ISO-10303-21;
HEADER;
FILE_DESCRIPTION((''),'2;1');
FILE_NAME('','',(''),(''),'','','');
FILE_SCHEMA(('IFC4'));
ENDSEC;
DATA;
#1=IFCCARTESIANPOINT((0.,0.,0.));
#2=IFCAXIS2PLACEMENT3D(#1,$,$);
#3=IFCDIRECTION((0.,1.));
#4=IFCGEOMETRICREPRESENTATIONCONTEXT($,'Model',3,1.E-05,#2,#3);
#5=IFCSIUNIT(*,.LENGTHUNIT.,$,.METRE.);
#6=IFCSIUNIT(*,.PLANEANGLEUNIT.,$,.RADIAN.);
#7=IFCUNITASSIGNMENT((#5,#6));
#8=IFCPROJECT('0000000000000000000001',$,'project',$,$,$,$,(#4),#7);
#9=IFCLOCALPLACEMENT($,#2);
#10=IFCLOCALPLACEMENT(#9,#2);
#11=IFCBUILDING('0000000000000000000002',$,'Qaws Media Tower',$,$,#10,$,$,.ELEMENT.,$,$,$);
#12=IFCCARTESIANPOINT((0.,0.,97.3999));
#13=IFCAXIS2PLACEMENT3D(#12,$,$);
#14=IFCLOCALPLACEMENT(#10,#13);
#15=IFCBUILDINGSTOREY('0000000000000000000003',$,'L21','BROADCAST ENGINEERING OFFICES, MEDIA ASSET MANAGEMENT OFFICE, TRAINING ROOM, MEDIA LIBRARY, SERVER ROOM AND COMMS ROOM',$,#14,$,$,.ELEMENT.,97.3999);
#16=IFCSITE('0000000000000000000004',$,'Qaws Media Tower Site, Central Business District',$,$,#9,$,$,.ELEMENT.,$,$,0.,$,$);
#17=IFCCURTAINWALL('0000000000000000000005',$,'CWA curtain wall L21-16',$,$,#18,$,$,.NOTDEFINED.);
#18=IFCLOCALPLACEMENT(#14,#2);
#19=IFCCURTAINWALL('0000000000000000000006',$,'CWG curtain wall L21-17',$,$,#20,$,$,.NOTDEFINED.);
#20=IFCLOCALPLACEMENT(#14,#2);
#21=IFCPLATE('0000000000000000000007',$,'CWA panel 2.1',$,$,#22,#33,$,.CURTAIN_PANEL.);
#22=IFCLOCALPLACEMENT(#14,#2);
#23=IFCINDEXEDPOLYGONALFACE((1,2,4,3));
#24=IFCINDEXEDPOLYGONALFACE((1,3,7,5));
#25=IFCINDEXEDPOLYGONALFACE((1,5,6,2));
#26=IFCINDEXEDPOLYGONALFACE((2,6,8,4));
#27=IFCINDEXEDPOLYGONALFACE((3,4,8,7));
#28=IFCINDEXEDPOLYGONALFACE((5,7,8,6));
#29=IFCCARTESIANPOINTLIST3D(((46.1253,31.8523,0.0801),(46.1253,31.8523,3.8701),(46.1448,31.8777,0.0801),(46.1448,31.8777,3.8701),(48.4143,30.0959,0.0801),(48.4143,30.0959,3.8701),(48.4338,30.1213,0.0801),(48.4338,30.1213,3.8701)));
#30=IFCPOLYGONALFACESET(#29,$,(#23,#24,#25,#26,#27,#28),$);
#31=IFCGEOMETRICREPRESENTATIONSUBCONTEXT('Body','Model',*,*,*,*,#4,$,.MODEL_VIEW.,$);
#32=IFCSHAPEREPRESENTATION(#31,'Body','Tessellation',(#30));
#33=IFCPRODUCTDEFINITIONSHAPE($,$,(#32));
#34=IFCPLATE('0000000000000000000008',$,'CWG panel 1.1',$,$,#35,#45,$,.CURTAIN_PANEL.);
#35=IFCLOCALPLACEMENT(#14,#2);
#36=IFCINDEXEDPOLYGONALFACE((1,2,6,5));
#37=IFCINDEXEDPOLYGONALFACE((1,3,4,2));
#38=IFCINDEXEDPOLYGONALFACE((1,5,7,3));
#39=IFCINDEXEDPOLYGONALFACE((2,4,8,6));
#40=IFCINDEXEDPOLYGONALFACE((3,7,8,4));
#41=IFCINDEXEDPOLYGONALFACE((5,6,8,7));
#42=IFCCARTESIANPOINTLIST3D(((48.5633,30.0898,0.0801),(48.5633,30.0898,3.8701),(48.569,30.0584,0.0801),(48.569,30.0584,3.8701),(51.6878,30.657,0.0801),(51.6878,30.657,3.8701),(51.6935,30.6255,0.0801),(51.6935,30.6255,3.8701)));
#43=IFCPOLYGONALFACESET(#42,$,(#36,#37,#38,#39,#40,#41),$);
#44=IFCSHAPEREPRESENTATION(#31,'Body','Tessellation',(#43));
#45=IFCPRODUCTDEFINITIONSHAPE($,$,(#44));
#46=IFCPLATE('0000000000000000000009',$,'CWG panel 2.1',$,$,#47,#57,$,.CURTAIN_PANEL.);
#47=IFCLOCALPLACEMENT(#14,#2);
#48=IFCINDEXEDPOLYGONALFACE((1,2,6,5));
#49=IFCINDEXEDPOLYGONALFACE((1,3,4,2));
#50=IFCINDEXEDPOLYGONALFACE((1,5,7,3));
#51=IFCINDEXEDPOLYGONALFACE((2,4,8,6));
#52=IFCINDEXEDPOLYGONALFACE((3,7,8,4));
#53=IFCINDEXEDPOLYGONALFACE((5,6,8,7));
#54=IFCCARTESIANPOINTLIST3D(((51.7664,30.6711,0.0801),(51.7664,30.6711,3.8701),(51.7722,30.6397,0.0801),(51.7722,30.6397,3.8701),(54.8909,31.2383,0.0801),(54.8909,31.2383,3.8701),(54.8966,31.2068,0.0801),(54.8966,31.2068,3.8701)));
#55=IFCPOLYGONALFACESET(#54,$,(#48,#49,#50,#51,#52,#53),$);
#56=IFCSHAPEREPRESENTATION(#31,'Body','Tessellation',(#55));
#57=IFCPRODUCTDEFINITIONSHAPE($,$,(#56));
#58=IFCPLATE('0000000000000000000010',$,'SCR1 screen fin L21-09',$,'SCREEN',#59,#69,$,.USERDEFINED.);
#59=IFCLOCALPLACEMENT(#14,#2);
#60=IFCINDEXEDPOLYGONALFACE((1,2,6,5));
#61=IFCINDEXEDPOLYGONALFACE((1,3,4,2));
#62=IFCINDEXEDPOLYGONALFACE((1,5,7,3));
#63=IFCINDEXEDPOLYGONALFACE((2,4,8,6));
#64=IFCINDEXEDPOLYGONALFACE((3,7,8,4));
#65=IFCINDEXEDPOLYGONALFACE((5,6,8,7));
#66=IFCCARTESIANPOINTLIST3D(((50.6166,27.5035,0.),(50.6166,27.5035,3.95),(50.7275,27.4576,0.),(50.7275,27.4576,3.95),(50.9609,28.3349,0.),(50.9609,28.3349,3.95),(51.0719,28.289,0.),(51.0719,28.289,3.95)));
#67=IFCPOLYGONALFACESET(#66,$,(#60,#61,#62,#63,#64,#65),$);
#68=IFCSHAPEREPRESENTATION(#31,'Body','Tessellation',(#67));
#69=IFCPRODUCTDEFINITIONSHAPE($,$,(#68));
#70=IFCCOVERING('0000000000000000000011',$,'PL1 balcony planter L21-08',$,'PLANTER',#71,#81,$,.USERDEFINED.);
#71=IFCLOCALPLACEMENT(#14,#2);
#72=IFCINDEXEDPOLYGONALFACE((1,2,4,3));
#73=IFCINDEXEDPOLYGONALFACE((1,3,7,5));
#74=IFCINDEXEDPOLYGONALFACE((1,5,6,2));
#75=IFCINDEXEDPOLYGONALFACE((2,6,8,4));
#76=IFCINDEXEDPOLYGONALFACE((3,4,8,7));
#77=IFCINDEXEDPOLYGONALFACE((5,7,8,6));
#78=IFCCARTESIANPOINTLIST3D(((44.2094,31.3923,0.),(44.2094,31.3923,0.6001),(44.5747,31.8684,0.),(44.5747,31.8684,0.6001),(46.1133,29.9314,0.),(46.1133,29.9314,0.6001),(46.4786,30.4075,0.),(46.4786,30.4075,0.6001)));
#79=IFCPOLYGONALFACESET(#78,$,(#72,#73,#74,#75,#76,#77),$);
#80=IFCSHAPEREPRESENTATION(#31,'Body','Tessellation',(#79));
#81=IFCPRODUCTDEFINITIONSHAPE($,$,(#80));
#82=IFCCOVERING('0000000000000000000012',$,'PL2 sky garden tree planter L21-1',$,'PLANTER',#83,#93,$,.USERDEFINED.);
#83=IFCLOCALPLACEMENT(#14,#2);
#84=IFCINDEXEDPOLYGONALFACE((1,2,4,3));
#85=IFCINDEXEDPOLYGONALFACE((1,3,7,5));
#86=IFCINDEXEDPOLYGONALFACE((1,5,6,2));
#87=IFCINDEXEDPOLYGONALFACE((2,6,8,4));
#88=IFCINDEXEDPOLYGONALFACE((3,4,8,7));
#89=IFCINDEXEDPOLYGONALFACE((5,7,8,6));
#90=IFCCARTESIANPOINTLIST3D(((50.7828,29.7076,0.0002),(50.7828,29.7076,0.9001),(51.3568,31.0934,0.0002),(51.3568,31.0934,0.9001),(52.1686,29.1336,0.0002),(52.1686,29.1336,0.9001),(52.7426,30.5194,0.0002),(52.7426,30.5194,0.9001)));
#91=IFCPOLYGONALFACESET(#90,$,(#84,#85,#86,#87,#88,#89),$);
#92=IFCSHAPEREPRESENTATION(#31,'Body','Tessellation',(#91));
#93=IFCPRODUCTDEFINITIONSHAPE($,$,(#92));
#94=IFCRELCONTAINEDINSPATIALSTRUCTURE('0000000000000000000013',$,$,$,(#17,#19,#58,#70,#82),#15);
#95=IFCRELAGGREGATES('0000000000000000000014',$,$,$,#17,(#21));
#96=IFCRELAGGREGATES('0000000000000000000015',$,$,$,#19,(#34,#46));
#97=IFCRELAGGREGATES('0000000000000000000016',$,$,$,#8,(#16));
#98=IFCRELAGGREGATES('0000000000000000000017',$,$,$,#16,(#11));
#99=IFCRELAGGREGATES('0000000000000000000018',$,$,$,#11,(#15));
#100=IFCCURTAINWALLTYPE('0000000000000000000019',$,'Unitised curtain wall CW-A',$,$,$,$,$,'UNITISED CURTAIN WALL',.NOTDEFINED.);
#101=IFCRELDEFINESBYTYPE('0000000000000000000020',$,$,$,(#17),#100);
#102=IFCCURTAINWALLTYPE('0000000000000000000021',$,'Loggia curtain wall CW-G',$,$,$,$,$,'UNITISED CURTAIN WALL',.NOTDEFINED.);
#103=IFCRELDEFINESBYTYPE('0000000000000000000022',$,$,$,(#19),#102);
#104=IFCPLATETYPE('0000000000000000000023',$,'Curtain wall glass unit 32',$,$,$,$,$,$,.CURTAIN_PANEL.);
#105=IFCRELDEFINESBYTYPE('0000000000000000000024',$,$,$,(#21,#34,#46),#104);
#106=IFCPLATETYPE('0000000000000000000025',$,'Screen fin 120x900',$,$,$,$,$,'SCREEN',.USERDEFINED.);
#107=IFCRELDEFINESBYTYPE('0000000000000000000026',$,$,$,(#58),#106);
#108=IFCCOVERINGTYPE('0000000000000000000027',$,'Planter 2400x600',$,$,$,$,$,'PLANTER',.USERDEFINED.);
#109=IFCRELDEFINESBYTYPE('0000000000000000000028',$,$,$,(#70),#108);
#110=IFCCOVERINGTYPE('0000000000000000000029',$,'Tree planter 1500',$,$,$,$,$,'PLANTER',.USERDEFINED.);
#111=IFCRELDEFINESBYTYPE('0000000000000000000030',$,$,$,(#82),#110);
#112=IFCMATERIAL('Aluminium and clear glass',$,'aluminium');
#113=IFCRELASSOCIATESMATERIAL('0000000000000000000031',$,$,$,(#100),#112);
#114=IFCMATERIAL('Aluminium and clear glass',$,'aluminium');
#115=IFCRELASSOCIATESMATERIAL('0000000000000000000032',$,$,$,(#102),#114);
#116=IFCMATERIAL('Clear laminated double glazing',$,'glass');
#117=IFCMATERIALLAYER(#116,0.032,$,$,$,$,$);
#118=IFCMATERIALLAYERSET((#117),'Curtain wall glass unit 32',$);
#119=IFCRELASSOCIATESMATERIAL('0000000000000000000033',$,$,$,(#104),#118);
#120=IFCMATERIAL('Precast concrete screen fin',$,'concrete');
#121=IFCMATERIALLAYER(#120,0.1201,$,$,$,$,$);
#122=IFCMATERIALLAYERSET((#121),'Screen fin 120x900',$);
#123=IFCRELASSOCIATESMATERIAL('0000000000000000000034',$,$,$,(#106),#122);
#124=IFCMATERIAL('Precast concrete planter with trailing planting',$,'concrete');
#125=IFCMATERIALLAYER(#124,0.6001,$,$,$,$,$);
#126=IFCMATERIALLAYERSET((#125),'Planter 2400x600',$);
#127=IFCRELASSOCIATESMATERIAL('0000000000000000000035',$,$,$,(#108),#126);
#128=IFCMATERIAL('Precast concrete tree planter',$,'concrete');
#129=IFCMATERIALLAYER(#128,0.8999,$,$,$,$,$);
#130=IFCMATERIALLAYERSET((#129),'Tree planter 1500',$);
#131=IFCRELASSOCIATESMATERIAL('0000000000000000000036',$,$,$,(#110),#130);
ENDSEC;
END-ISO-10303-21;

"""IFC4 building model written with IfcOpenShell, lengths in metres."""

from ifc_helpers import new_model, si_unit, direction, frame, origin, origin_2d, place, context, subcontext, project, spatial, rectangle, extrude, material, layer, layer_set, type_object, element, aggregate, save


model = new_model("IFC4")

# Units and contexts
model_context = context("Model", 3, precision=1e-05, world=origin(), true_north=direction((0.0, 1.0)))
body_context = subcontext(model_context, "Body", "Model", "MODEL_VIEW")
ifc_project = project(units=[si_unit("LENGTHUNIT", "METRE"), si_unit("PLANEANGLEUNIT", "RADIAN")], contexts=[model_context])

# Site, building, storey
site_placement = place(None, origin())
site = spatial("IfcSite", under=ifc_project, at=site_placement, Name="Qaws Media Tower Site, Central Business District", CompositionType="ELEMENT", RefElevation=0.0)
building_placement = place(site_placement, origin())
building = spatial("IfcBuilding", under=site, at=building_placement, Name="Qaws Media Tower", CompositionType="ELEMENT")
storey_placement = place(building_placement, frame((0.0, 0.0, 97.3999)))
storey = spatial("IfcBuildingStorey", under=building, at=storey_placement, Name="L21", Description="BROADCAST ENGINEERING OFFICES, MEDIA ASSET MANAGEMENT OFFICE, TRAINING ROOM, MEDIA LIBRARY, SERVER ROOM AND COMMS ROOM", CompositionType="ELEMENT", Elevation=97.3999)

# Curtain walls
ifc_material_1 = material(Name="Aluminium and clear glass", Category="aluminium")
curtain_wall_type_1 = type_object("IfcCurtainWallType", Name="Unitised curtain wall CW-A", ElementType="UNITISED CURTAIN WALL", PredefinedType="NOTDEFINED", material=ifc_material_1)
curtain_wall_1_placement = place(storey_placement, origin())
curtain_wall_1 = element("IfcCurtainWall", 1, at=curtain_wall_1_placement, inside=storey, type_object=curtain_wall_type_1, Name="CWA curtain wall L21-16", PredefinedType="NOTDEFINED")
ifc_material_2 = material(Name="Aluminium and clear glass", Category="aluminium")
curtain_wall_type_2 = type_object("IfcCurtainWallType", Name="Loggia curtain wall CW-G", ElementType="UNITISED CURTAIN WALL", PredefinedType="NOTDEFINED", material=ifc_material_2)
curtain_wall_2_placement = place(storey_placement, origin())
curtain_wall_2 = element("IfcCurtainWall", 2, at=curtain_wall_2_placement, inside=storey, type_object=curtain_wall_type_2, Name="CWG curtain wall L21-17", PredefinedType="NOTDEFINED")

# Plates
ifc_material_3 = material(Name="Clear laminated double glazing", Category="glass")
ifc_layer_1 = layer(ifc_material_3, 0.032)
ifc_layer_set_1 = layer_set([ifc_layer_1], Name="Curtain wall glass unit 32")
plate_type_1 = type_object("IfcPlateType", Name="Curtain wall glass unit 32", PredefinedType="CURTAIN_PANEL", material=ifc_layer_set_1)
plate_1_placement = place(storey_placement, frame((47.2795, 30.9868, 0.0801), z_axis=(0.0, 0.0, 1.0), x_axis=(0.793353, -0.608761, 0.0)))
plate_1 = element("IfcPlate", 3, at=plate_1_placement, type_object=plate_type_1, Name="CWA panel 2.1", PredefinedType="CURTAIN_PANEL", context=body_context, shape_type="SweptSolid", body=[
    extrude(rectangle(XDim=2.8853, YDim=0.032, at=origin_2d()), origin(), (0.0, 0.0, 1.0), 3.79),
])
aggregate(curtain_wall_1, [plate_1])
plate_2_placement = place(storey_placement, frame((50.1284, 30.3577, 0.0801), z_axis=(0.0, 0.0, 1.0), x_axis=(0.983922, 0.178598, 0.0)))
plate_2 = element("IfcPlate", 4, at=plate_2_placement, type_object=plate_type_1, Name="CWG panel 1.1", PredefinedType="CURTAIN_PANEL", context=body_context, shape_type="SweptSolid", body=[
    extrude(rectangle(XDim=3.1755, YDim=0.032, at=origin_2d()), origin(), (0.0, 0.0, 1.0), 3.79),
])
plate_3_placement = place(storey_placement, frame((53.3315, 30.939, 0.0801), z_axis=(0.0, 0.0, 1.0), x_axis=(0.983922, 0.178598, 0.0)))
plate_3 = element("IfcPlate", 5, at=plate_3_placement, type_object=plate_type_1, Name="CWG panel 2.1", PredefinedType="CURTAIN_PANEL", context=body_context, shape_type="SweptSolid", body=[
    extrude(rectangle(XDim=3.1755, YDim=0.032, at=origin_2d()), origin(), (0.0, 0.0, 1.0), 3.79),
])
aggregate(curtain_wall_2, [plate_2, plate_3])
ifc_material_4 = material(Name="Precast concrete screen fin", Category="concrete")
ifc_layer_2 = layer(ifc_material_4, 0.1201)
ifc_layer_set_2 = layer_set([ifc_layer_2], Name="Screen fin 120x900")
plate_type_2 = type_object("IfcPlateType", Name="Screen fin 120x900", ElementType="SCREEN", PredefinedType="USERDEFINED", material=ifc_layer_set_2)
plate_4_placement = place(storey_placement, frame((50.8442, 27.8962, 0.0), z_axis=(0.0, 0.0, 1.0), x_axis=(-0.382683, -0.92388, 0.0)))
element("IfcPlate", 6, at=plate_4_placement, inside=storey, type_object=plate_type_2, Name="SCR1 screen fin L21-09", ObjectType="SCREEN", PredefinedType="USERDEFINED", context=body_context, shape_type="SweptSolid", body=[
    extrude(rectangle(XDim=0.8999, YDim=0.1201, at=origin_2d()), origin(), (0.0, 0.0, 1.0), 3.95),
])

# Coverings
ifc_material_5 = material(Name="Precast concrete planter with trailing planting", Category="concrete")
ifc_layer_3 = layer(ifc_material_5, 0.6001)
ifc_layer_set_3 = layer_set([ifc_layer_3], Name="Planter 2400x600")
covering_type_1 = type_object("IfcCoveringType", Name="Planter 2400x600", ElementType="PLANTER", PredefinedType="USERDEFINED", material=ifc_layer_set_3)
covering_1_placement = place(storey_placement, frame((45.344, 30.8999, 0.0), z_axis=(0.0, 0.0, 1.0), x_axis=(0.793353, -0.608761, 0.0)))
element("IfcCovering", 7, at=covering_1_placement, inside=storey, type_object=covering_type_1, Name="PL1 balcony planter L21-08", ObjectType="PLANTER", PredefinedType="USERDEFINED", context=body_context, shape_type="SweptSolid", body=[
    extrude(rectangle(XDim=2.3999, YDim=0.6001, at=origin_2d()), origin(), (0.0, 0.0, 1.0), 0.6001),
])
ifc_material_6 = material(Name="Precast concrete tree planter", Category="concrete")
ifc_layer_4 = layer(ifc_material_6, 0.8999)
ifc_layer_set_4 = layer_set([ifc_layer_4], Name="Tree planter 1500")
covering_type_2 = type_object("IfcCoveringType", Name="Tree planter 1500", ElementType="PLANTER", PredefinedType="USERDEFINED", material=ifc_layer_set_4)
covering_2_placement = place(storey_placement, frame((51.7627, 30.1135, 0.0002), z_axis=(0.0, 0.0, 1.0), x_axis=(-0.382683, -0.92388, 0.0)))
element("IfcCovering", 8, at=covering_2_placement, inside=storey, type_object=covering_type_2, Name="PL2 sky garden tree planter L21-1", ObjectType="PLANTER", PredefinedType="USERDEFINED", context=body_context, shape_type="SweptSolid", body=[
    extrude(rectangle(XDim=1.5, YDim=1.5, at=origin_2d()), origin(), (0.0, 0.0, 1.0), 0.8999),
])

save(model, "model.ifc")
